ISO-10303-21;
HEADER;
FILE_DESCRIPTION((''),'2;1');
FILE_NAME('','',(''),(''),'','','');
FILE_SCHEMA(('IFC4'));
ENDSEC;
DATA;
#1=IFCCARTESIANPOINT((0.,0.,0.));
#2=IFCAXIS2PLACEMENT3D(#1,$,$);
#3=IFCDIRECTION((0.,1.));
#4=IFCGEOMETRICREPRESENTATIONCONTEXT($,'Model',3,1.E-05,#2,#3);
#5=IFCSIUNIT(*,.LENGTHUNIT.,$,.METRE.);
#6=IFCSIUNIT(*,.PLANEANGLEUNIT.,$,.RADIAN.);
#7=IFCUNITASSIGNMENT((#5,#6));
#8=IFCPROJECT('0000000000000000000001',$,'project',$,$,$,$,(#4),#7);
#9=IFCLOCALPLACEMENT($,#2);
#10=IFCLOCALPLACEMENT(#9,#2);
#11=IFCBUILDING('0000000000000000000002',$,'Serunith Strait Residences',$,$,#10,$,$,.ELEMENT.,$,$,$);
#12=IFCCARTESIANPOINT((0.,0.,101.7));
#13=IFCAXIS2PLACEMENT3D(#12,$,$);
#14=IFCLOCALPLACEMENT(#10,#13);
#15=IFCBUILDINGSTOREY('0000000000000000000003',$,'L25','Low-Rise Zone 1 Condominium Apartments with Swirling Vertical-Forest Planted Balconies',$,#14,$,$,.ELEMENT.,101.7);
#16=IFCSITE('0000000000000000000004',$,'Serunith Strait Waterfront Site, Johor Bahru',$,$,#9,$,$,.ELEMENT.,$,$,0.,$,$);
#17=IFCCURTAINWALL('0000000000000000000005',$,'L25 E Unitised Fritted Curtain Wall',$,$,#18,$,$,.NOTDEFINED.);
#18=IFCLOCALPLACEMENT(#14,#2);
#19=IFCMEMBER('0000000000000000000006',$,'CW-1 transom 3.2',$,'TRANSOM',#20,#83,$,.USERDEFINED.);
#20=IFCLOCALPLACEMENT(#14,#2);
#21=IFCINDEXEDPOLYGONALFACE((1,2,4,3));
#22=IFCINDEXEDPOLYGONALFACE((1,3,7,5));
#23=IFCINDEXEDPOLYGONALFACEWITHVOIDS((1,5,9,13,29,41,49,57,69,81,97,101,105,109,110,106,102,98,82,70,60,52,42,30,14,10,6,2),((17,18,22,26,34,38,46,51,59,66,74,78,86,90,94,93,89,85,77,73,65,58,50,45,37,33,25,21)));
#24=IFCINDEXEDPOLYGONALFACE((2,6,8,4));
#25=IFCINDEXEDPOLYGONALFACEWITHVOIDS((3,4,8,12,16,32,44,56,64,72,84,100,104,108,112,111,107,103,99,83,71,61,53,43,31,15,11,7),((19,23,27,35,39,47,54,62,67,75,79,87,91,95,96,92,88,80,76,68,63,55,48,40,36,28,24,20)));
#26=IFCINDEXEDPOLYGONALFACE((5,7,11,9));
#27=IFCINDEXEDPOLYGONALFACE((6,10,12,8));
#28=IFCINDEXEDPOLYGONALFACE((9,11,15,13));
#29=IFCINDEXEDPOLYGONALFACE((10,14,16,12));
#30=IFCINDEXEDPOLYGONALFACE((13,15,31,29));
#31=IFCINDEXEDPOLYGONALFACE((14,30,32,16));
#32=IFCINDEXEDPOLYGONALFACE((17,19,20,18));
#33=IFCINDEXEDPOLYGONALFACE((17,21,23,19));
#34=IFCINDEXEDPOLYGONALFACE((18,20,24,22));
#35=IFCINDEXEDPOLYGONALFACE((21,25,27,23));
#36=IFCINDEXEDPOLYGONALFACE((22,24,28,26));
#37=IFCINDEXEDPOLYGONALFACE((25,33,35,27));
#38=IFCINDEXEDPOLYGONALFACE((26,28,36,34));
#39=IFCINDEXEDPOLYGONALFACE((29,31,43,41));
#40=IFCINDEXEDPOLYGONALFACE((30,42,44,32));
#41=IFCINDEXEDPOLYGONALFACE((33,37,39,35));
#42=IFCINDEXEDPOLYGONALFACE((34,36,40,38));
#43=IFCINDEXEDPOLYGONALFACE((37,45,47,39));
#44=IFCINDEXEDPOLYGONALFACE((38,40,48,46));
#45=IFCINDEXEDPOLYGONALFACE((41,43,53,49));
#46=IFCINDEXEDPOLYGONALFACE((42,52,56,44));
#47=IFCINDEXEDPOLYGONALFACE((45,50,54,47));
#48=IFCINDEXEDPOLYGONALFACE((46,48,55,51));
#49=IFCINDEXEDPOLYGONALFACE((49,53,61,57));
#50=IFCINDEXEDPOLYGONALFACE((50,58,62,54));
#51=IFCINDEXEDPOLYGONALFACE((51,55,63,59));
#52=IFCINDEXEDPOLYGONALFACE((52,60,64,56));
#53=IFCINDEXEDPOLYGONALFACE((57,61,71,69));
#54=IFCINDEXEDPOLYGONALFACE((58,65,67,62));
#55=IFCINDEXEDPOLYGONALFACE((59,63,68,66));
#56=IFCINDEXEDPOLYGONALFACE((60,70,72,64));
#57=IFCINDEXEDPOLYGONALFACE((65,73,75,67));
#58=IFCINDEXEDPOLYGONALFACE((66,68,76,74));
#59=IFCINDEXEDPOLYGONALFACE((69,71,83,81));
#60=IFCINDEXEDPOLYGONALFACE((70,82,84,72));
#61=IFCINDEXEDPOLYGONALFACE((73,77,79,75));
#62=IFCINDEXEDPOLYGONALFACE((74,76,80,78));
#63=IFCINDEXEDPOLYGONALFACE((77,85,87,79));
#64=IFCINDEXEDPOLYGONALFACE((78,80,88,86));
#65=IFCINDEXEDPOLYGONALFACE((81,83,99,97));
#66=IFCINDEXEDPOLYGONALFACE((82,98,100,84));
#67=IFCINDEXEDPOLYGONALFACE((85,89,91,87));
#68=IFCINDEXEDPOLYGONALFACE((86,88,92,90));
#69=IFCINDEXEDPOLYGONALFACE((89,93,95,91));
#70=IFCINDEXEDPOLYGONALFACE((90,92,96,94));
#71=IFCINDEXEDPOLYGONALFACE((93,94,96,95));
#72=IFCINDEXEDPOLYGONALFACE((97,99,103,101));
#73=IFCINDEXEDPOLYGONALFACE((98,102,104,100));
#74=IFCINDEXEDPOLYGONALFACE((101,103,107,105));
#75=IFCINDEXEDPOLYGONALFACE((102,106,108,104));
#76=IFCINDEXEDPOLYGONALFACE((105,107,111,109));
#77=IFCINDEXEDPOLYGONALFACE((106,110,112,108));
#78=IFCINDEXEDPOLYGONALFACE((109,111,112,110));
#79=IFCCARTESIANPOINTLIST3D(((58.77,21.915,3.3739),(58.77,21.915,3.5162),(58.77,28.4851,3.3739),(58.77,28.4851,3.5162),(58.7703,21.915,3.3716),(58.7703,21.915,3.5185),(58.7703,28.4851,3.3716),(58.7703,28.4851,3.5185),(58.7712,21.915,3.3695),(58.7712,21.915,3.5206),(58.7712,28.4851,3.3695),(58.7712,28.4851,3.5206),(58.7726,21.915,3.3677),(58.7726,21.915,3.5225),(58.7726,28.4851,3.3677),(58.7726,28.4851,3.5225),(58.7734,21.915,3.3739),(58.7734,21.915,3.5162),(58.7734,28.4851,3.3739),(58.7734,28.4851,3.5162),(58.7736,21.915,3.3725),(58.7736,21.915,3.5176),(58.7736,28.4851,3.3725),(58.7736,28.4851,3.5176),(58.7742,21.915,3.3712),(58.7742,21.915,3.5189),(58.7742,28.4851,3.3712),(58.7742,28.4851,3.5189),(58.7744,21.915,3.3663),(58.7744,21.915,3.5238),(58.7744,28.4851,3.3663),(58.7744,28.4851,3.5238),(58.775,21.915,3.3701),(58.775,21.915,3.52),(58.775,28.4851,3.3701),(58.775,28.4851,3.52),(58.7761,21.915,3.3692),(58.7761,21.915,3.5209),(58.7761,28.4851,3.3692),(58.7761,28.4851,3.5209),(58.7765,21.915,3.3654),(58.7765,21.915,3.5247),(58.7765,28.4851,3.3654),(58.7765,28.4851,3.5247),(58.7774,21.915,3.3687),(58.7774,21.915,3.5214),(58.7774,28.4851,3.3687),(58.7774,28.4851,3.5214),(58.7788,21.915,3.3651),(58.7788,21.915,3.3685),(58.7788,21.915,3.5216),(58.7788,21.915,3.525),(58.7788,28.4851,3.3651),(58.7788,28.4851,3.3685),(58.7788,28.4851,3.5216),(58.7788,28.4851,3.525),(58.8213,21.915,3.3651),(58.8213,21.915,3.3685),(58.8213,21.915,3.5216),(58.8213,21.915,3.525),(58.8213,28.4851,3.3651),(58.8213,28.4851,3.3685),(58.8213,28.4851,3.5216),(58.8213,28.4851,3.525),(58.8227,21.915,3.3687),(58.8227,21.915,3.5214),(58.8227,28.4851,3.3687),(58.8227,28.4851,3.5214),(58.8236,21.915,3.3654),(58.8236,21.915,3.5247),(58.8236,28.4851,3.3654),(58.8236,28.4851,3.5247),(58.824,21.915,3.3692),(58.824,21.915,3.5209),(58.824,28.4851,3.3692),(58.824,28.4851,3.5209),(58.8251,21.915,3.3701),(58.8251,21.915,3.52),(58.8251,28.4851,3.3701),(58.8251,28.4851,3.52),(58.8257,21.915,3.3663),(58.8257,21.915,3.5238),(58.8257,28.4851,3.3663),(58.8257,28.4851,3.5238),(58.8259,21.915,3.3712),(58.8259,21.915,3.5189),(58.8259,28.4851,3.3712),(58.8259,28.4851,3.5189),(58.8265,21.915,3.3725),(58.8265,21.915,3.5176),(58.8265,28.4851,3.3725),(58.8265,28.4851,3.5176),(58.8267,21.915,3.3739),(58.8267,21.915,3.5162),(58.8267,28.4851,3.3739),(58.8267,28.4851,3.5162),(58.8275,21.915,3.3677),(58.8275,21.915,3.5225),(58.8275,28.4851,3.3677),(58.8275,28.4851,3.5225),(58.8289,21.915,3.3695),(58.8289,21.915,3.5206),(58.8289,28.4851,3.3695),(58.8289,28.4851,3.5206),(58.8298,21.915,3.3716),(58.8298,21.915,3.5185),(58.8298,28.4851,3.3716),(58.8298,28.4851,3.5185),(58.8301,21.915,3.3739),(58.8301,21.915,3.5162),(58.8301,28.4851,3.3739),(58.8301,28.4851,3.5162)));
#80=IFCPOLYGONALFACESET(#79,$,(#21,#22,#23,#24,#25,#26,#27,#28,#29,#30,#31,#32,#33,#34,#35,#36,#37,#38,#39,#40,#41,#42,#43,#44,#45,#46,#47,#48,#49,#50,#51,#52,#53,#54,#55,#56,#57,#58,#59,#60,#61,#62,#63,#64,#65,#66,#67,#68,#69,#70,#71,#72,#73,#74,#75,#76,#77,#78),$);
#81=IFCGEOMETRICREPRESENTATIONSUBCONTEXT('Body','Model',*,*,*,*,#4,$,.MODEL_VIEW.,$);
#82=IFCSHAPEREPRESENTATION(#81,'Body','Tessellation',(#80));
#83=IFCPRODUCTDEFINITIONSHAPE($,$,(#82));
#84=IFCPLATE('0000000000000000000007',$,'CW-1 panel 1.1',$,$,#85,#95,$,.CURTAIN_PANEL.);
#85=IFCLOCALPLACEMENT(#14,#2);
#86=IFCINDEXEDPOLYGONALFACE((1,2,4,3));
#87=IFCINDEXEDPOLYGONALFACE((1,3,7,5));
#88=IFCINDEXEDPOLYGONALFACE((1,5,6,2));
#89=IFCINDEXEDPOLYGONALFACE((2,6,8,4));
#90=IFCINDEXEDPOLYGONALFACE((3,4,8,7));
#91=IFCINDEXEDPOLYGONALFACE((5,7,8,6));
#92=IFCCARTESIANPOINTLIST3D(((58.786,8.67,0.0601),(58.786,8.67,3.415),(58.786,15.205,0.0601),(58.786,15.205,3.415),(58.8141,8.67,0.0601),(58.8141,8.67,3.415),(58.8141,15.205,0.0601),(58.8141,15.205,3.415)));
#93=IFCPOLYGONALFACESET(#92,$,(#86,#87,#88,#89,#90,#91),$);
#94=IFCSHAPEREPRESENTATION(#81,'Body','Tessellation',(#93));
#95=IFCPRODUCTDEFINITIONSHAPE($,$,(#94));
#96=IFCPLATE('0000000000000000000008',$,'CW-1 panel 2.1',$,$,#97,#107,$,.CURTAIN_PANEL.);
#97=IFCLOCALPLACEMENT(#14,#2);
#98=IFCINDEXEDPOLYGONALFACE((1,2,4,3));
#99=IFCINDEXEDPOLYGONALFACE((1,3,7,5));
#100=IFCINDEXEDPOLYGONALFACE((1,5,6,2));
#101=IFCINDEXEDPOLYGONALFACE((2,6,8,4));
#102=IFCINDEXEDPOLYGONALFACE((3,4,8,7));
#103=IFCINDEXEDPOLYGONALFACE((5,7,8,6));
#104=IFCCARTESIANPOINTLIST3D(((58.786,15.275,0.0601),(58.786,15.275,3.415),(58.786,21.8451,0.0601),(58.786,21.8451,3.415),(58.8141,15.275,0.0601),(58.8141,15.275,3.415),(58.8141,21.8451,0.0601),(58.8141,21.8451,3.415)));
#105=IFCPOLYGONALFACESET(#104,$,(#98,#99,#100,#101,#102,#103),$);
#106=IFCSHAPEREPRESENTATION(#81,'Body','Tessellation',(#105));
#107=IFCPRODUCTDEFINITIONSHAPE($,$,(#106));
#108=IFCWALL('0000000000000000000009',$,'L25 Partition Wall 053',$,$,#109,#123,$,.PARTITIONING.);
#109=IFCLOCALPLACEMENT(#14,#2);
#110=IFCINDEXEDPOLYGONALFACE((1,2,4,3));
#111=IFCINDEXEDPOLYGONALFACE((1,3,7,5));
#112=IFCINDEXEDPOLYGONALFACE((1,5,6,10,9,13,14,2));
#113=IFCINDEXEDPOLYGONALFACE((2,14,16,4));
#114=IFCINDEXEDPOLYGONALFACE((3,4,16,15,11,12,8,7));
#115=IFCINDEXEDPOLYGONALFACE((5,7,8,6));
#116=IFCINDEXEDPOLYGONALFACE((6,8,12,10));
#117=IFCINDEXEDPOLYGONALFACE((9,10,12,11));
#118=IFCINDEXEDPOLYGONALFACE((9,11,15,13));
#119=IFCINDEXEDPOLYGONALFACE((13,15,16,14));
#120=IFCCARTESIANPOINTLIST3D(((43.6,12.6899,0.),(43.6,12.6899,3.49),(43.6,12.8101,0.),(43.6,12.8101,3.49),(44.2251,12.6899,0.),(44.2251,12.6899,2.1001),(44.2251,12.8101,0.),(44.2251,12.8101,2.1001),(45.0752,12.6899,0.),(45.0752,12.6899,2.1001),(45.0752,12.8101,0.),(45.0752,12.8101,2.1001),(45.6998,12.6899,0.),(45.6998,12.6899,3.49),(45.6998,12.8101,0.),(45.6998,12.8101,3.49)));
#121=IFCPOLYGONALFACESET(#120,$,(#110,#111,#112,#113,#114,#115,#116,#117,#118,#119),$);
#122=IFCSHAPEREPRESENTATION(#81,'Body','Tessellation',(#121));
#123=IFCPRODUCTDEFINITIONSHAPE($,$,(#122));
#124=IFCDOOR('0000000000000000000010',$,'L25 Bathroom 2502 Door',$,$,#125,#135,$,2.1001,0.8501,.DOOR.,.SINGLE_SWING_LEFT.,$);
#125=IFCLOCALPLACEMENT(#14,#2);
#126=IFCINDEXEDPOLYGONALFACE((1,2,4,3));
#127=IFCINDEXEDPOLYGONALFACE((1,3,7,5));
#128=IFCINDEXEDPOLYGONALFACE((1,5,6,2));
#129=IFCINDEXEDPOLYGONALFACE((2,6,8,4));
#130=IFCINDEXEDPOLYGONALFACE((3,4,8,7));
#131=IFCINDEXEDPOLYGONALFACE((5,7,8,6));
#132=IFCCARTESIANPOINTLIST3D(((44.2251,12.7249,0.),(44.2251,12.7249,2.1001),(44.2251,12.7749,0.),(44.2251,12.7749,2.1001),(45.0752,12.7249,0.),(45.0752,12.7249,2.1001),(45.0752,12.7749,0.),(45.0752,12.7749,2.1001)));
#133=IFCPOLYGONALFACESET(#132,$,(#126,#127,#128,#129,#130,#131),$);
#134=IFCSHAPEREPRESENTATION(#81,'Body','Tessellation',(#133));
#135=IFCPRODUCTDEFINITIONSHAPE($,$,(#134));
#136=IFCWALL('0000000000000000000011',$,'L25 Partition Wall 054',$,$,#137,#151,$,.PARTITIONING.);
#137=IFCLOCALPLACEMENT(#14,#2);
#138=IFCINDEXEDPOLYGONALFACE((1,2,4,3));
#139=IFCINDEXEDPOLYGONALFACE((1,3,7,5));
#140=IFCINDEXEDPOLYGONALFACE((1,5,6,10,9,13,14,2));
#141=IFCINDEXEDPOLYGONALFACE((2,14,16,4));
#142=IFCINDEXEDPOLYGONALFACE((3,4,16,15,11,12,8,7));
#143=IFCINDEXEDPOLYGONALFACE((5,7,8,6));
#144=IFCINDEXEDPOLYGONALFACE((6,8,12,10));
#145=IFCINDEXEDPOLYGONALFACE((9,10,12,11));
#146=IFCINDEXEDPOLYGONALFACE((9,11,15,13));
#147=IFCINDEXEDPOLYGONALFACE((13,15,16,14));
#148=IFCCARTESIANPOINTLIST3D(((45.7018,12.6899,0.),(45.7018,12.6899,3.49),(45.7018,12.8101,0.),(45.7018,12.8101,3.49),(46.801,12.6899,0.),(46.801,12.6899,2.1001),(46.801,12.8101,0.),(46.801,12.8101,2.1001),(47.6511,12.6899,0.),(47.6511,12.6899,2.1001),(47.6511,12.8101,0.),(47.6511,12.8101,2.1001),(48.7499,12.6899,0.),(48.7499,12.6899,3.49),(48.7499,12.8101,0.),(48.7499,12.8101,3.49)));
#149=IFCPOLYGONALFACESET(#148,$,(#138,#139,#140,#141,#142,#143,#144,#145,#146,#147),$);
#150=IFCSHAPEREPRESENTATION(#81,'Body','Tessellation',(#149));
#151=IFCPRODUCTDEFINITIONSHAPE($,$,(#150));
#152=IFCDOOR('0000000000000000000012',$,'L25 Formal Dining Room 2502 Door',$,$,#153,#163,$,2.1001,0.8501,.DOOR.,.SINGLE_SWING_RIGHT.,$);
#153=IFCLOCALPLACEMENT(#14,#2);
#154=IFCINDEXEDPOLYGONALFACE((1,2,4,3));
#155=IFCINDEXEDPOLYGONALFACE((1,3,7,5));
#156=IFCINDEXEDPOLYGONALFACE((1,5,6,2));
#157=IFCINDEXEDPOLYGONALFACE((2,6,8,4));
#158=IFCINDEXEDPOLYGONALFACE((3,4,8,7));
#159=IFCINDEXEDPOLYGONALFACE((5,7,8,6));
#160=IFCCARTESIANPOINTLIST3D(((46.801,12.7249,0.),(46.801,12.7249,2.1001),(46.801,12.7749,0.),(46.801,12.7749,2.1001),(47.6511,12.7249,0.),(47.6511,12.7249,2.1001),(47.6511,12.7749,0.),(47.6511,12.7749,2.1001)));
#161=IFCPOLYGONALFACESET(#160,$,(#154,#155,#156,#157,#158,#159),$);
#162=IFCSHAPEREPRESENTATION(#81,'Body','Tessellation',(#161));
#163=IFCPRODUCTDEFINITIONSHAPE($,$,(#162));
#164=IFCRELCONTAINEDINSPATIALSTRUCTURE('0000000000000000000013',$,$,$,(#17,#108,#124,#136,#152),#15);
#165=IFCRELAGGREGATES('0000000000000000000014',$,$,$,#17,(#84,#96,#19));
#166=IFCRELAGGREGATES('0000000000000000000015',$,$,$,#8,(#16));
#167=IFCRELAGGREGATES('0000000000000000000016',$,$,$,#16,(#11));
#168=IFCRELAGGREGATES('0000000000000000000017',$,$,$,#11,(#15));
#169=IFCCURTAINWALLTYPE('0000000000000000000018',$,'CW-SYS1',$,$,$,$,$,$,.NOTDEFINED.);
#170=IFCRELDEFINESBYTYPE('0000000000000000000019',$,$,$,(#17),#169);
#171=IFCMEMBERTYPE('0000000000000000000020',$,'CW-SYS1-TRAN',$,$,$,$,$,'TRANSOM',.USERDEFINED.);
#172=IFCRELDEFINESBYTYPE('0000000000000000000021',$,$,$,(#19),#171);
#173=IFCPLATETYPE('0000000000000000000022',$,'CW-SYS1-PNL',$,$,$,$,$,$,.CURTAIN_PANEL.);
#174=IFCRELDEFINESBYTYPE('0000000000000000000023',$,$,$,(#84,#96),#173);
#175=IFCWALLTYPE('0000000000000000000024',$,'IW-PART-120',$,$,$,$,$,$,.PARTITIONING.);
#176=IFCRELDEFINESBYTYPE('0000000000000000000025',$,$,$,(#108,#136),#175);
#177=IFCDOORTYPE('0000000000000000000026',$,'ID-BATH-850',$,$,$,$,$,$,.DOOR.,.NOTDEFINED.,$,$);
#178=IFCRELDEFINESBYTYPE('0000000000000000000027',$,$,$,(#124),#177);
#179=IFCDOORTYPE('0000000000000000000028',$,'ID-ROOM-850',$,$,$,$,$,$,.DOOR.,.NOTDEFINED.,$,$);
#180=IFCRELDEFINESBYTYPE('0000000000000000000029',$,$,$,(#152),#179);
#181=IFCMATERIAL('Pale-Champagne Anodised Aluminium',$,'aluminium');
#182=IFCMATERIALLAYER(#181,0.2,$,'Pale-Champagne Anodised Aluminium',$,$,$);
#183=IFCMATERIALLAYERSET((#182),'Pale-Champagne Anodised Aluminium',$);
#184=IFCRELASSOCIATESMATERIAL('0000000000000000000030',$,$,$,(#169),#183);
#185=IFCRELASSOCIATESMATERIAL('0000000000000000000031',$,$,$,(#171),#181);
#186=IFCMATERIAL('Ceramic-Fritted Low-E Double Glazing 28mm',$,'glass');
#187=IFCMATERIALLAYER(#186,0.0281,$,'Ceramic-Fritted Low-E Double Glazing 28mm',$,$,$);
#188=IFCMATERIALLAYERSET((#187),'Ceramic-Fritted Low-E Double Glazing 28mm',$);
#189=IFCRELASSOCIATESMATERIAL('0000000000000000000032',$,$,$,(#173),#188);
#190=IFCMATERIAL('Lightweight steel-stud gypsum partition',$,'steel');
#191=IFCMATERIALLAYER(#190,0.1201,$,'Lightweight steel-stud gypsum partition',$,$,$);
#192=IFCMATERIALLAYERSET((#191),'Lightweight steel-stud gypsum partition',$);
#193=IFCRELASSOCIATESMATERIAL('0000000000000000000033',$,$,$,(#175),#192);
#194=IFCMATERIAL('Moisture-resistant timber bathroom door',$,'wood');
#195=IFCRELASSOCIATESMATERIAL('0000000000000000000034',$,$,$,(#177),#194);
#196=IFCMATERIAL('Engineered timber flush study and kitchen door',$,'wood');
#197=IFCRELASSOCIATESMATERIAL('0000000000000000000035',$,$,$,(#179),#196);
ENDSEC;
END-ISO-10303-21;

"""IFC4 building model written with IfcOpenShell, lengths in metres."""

from ifc_helpers import new_model, si_unit, direction, frame, frame_2d, origin, origin_2d, place, context, subcontext, project, spatial, rectangle, hollow_rectangle, extrude, source, transform, mapped, material, layer, layer_set, material_profile, profile_set, type_object, element, fill, aggregate, save


model = new_model("IFC4")

# Units and contexts
model_context = context("Model", 3, precision=1e-05, world=origin(), true_north=direction((0.0, 1.0)))
body_context = subcontext(model_context, "Body", "Model", "MODEL_VIEW")
ifc_project = project(units=[si_unit("LENGTHUNIT", "METRE"), si_unit("PLANEANGLEUNIT", "RADIAN")], contexts=[model_context])

# Site, building, storey
site_placement = place(None, origin())
site = spatial("IfcSite", under=ifc_project, at=site_placement, Name="Serunith Strait Waterfront Site, Johor Bahru", CompositionType="ELEMENT", RefElevation=0.0)
building_placement = place(site_placement, origin())
building = spatial("IfcBuilding", under=site, at=building_placement, Name="Serunith Strait Residences", CompositionType="ELEMENT")
storey_placement = place(building_placement, frame((0.0, 0.0, 101.7)))
storey = spatial("IfcBuildingStorey", under=building, at=storey_placement, Name="L25", Description="Low-Rise Zone 1 Condominium Apartments with Swirling Vertical-Forest Planted Balconies", CompositionType="ELEMENT", Elevation=101.7)

# Curtain wall, member, plates
ifc_material_1 = material(Name="Pale-Champagne Anodised Aluminium", Category="aluminium")
ifc_layer_1 = layer(ifc_material_1, 0.2, Name="Pale-Champagne Anodised Aluminium")
ifc_layer_set_1 = layer_set([ifc_layer_1], Name="Pale-Champagne Anodised Aluminium")
curtain_wall_type = type_object("IfcCurtainWallType", Name="CW-SYS1", PredefinedType="NOTDEFINED", material=ifc_layer_set_1)
curtain_wall_placement = place(storey_placement, origin())
curtain_wall = element("IfcCurtainWall", 1, at=curtain_wall_placement, inside=storey, type_object=curtain_wall_type, Name="L25 E Unitised Fritted Curtain Wall", PredefinedType="NOTDEFINED")
ifc_material_profile_1 = material_profile(ifc_material_1, hollow_rectangle(XDim=0.0601, YDim=0.1599, WallThickness=0.0034, InnerFilletRadius=0.0054, OuterFilletRadius=0.0088, at=origin_2d()), Name="ALU 160x60x3.5")
ifc_profile_set_1 = profile_set([ifc_material_profile_1], Name="Pale-Champagne Anodised Aluminium")
member_type_1 = type_object("IfcMemberType", Name="CW-SYS1-TRAN", ElementType="TRANSOM", PredefinedType="USERDEFINED", material=ifc_profile_set_1)
shared_shape_1 = source(origin(), body_context, "Body", "SweptSolid", [
    extrude(hollow_rectangle(XDim=0.0601, YDim=0.1599, WallThickness=0.0034, InnerFilletRadius=0.0054, OuterFilletRadius=0.0088, at=origin_2d()), origin(), (0.0, 0.0, 1.0), 6.5701),
])
member_1_placement = place(storey_placement, frame((58.8, 21.915, 3.4451), z_axis=(0.0, 1.0, 0.0), x_axis=(-1.0, 0.0, 0.0)))
member_1 = element("IfcMember", 2, at=member_1_placement, type_object=member_type_1, Name="CW-1 transom 3.2", ObjectType="TRANSOM", PredefinedType="USERDEFINED", context=body_context, shape_type="MappedRepresentation", body=[
    mapped(shared_shape_1, transform((0.0, 0.0, 0.0), scale=1.0)),
])
ifc_material_2 = material(Name="Ceramic-Fritted Low-E Double Glazing 28mm", Category="glass")
ifc_layer_2 = layer(ifc_material_2, 0.0281, Name="Ceramic-Fritted Low-E Double Glazing 28mm")
ifc_layer_set_2 = layer_set([ifc_layer_2], Name="Ceramic-Fritted Low-E Double Glazing 28mm")
plate_type = type_object("IfcPlateType", Name="CW-SYS1-PNL", PredefinedType="CURTAIN_PANEL", material=ifc_layer_set_2)
shared_shape_2 = source(origin(), body_context, "Body", "SweptSolid", [
    extrude(rectangle(XDim=6.5349, YDim=0.0281, at=origin_2d()), origin(), (0.0, 0.0, 1.0), 3.355),
])
plate_1_placement = place(storey_placement, frame((58.8, 11.9375, 0.0601), z_axis=(0.0, 0.0, 1.0), x_axis=(0.0, 1.0, 0.0)))
plate_1 = element("IfcPlate", 3, at=plate_1_placement, type_object=plate_type, Name="CW-1 panel 1.1", PredefinedType="CURTAIN_PANEL", context=body_context, shape_type="MappedRepresentation", body=[
    mapped(shared_shape_2, transform((0.0, 0.0, 0.0), scale=1.0)),
])
shared_shape_3 = source(origin(), body_context, "Body", "SweptSolid", [
    extrude(rectangle(XDim=6.5701, YDim=0.0281, at=origin_2d()), origin(), (0.0, 0.0, 1.0), 3.355),
])
plate_2_placement = place(storey_placement, frame((58.8, 18.5601, 0.0601), z_axis=(0.0, 0.0, 1.0), x_axis=(0.0, 1.0, 0.0)))
plate_2 = element("IfcPlate", 4, at=plate_2_placement, type_object=plate_type, Name="CW-1 panel 2.1", PredefinedType="CURTAIN_PANEL", context=body_context, shape_type="MappedRepresentation", body=[
    mapped(shared_shape_3, transform((0.0, 0.0, 0.0), scale=1.0)),
])
aggregate(curtain_wall, [plate_1, plate_2, member_1])

# Walls, openings, doors
ifc_material_3 = material(Name="Lightweight steel-stud gypsum partition", Category="steel")
ifc_layer_3 = layer(ifc_material_3, 0.1201, Name="Lightweight steel-stud gypsum partition")
ifc_layer_set_3 = layer_set([ifc_layer_3], Name="Lightweight steel-stud gypsum partition")
wall_type = type_object("IfcWallType", Name="IW-PART-120", PredefinedType="PARTITIONING", material=ifc_layer_set_3)
wall_1_placement = place(storey_placement, frame((43.6001, 12.75, 0.0), z_axis=(0.0, 0.0, 1.0), x_axis=(1.0, 0.0, 0.0)))
wall_1 = element("IfcWall", 5, at=wall_1_placement, inside=storey, type_object=wall_type, Name="L25 Partition Wall 053", PredefinedType="PARTITIONING", context=body_context, shape_type="SweptSolid", body=[
    extrude(rectangle(XDim=2.0999, YDim=0.1201, at=frame_2d((1.0498, 0.0))), origin(), (0.0, 0.0, 1.0), 3.49),
])
opening_1_placement = place(wall_1_placement, frame((0.625, 0.0, 0.0)))
opening_1 = element("IfcOpeningElement", 6, at=opening_1_placement, cuts=wall_1, PredefinedType="OPENING", context=body_context, shape_type="SweptSolid", body=[
    extrude(rectangle(XDim=0.8501, YDim=2.1001, at=frame_2d((0.425, 1.05))), frame((0.0, 0.0701, 0.0), z_axis=(0.0, -1.0, 0.0), x_axis=(1.0, 0.0, 0.0)), (0.0, 0.0, 1.0), 0.1401),
])
ifc_material_4 = material(Name="Moisture-resistant timber bathroom door", Category="wood")
door_type_1 = type_object("IfcDoorType", Name="ID-BATH-850", OperationType="NOTDEFINED", PredefinedType="DOOR", material=ifc_material_4)
shared_shape_4 = source(origin(), body_context, "Body", "SweptSolid", [
    extrude(rectangle(XDim=0.8501, YDim=2.1001, at=frame_2d((0.425, 1.05))), frame((0.0, 0.0249, 0.0), z_axis=(0.0, -1.0, 0.0), x_axis=(1.0, 0.0, 0.0)), (0.0, 0.0, 1.0), 0.05),
])
door_1_placement = place(opening_1_placement, origin())
door_1 = element("IfcDoor", 7, at=door_1_placement, inside=storey, type_object=door_type_1, Name="L25 Bathroom 2502 Door", OperationType="SINGLE_SWING_LEFT", OverallHeight=2.1001, OverallWidth=0.8501, PredefinedType="DOOR", context=body_context, shape_type="MappedRepresentation", body=[
    mapped(shared_shape_4, transform((0.0, 0.0, 0.0), scale=1.0)),
])
fill(opening_1, door_1)
wall_2_placement = place(storey_placement, frame((45.7019, 12.75, 0.0), z_axis=(0.0, 0.0, 1.0), x_axis=(1.0, 0.0, 0.0)))
wall_2 = element("IfcWall", 8, at=wall_2_placement, inside=storey, type_object=wall_type, Name="L25 Partition Wall 054", PredefinedType="PARTITIONING", context=body_context, shape_type="SweptSolid", body=[
    extrude(rectangle(XDim=3.0481, YDim=0.1201, at=frame_2d((1.5239, 0.0))), origin(), (0.0, 0.0, 1.0), 3.49),
])
opening_2_placement = place(wall_2_placement, frame((1.0991, 0.0, 0.0)))
opening_2 = element("IfcOpeningElement", 9, at=opening_2_placement, cuts=wall_2, PredefinedType="OPENING", context=body_context, shape_type="SweptSolid", body=[
    extrude(rectangle(XDim=0.8501, YDim=2.1001, at=frame_2d((0.425, 1.05))), frame((0.0, 0.0701, 0.0), z_axis=(0.0, -1.0, 0.0), x_axis=(1.0, 0.0, 0.0)), (0.0, 0.0, 1.0), 0.1401),
])
ifc_material_5 = material(Name="Engineered timber flush study and kitchen door", Category="wood")
door_type_2 = type_object("IfcDoorType", Name="ID-ROOM-850", OperationType="NOTDEFINED", PredefinedType="DOOR", material=ifc_material_5)
door_2_placement = place(opening_2_placement, origin())
door_2 = element("IfcDoor", 10, at=door_2_placement, inside=storey, type_object=door_type_2, Name="L25 Formal Dining Room 2502 Door", OperationType="SINGLE_SWING_RIGHT", OverallHeight=2.1001, OverallWidth=0.8501, PredefinedType="DOOR", context=body_context, shape_type="MappedRepresentation", body=[
    mapped(shared_shape_4, transform((0.0, 0.0, 0.0), scale=1.0)),
])
fill(opening_2, door_2)

save(model, "model.ifc")
